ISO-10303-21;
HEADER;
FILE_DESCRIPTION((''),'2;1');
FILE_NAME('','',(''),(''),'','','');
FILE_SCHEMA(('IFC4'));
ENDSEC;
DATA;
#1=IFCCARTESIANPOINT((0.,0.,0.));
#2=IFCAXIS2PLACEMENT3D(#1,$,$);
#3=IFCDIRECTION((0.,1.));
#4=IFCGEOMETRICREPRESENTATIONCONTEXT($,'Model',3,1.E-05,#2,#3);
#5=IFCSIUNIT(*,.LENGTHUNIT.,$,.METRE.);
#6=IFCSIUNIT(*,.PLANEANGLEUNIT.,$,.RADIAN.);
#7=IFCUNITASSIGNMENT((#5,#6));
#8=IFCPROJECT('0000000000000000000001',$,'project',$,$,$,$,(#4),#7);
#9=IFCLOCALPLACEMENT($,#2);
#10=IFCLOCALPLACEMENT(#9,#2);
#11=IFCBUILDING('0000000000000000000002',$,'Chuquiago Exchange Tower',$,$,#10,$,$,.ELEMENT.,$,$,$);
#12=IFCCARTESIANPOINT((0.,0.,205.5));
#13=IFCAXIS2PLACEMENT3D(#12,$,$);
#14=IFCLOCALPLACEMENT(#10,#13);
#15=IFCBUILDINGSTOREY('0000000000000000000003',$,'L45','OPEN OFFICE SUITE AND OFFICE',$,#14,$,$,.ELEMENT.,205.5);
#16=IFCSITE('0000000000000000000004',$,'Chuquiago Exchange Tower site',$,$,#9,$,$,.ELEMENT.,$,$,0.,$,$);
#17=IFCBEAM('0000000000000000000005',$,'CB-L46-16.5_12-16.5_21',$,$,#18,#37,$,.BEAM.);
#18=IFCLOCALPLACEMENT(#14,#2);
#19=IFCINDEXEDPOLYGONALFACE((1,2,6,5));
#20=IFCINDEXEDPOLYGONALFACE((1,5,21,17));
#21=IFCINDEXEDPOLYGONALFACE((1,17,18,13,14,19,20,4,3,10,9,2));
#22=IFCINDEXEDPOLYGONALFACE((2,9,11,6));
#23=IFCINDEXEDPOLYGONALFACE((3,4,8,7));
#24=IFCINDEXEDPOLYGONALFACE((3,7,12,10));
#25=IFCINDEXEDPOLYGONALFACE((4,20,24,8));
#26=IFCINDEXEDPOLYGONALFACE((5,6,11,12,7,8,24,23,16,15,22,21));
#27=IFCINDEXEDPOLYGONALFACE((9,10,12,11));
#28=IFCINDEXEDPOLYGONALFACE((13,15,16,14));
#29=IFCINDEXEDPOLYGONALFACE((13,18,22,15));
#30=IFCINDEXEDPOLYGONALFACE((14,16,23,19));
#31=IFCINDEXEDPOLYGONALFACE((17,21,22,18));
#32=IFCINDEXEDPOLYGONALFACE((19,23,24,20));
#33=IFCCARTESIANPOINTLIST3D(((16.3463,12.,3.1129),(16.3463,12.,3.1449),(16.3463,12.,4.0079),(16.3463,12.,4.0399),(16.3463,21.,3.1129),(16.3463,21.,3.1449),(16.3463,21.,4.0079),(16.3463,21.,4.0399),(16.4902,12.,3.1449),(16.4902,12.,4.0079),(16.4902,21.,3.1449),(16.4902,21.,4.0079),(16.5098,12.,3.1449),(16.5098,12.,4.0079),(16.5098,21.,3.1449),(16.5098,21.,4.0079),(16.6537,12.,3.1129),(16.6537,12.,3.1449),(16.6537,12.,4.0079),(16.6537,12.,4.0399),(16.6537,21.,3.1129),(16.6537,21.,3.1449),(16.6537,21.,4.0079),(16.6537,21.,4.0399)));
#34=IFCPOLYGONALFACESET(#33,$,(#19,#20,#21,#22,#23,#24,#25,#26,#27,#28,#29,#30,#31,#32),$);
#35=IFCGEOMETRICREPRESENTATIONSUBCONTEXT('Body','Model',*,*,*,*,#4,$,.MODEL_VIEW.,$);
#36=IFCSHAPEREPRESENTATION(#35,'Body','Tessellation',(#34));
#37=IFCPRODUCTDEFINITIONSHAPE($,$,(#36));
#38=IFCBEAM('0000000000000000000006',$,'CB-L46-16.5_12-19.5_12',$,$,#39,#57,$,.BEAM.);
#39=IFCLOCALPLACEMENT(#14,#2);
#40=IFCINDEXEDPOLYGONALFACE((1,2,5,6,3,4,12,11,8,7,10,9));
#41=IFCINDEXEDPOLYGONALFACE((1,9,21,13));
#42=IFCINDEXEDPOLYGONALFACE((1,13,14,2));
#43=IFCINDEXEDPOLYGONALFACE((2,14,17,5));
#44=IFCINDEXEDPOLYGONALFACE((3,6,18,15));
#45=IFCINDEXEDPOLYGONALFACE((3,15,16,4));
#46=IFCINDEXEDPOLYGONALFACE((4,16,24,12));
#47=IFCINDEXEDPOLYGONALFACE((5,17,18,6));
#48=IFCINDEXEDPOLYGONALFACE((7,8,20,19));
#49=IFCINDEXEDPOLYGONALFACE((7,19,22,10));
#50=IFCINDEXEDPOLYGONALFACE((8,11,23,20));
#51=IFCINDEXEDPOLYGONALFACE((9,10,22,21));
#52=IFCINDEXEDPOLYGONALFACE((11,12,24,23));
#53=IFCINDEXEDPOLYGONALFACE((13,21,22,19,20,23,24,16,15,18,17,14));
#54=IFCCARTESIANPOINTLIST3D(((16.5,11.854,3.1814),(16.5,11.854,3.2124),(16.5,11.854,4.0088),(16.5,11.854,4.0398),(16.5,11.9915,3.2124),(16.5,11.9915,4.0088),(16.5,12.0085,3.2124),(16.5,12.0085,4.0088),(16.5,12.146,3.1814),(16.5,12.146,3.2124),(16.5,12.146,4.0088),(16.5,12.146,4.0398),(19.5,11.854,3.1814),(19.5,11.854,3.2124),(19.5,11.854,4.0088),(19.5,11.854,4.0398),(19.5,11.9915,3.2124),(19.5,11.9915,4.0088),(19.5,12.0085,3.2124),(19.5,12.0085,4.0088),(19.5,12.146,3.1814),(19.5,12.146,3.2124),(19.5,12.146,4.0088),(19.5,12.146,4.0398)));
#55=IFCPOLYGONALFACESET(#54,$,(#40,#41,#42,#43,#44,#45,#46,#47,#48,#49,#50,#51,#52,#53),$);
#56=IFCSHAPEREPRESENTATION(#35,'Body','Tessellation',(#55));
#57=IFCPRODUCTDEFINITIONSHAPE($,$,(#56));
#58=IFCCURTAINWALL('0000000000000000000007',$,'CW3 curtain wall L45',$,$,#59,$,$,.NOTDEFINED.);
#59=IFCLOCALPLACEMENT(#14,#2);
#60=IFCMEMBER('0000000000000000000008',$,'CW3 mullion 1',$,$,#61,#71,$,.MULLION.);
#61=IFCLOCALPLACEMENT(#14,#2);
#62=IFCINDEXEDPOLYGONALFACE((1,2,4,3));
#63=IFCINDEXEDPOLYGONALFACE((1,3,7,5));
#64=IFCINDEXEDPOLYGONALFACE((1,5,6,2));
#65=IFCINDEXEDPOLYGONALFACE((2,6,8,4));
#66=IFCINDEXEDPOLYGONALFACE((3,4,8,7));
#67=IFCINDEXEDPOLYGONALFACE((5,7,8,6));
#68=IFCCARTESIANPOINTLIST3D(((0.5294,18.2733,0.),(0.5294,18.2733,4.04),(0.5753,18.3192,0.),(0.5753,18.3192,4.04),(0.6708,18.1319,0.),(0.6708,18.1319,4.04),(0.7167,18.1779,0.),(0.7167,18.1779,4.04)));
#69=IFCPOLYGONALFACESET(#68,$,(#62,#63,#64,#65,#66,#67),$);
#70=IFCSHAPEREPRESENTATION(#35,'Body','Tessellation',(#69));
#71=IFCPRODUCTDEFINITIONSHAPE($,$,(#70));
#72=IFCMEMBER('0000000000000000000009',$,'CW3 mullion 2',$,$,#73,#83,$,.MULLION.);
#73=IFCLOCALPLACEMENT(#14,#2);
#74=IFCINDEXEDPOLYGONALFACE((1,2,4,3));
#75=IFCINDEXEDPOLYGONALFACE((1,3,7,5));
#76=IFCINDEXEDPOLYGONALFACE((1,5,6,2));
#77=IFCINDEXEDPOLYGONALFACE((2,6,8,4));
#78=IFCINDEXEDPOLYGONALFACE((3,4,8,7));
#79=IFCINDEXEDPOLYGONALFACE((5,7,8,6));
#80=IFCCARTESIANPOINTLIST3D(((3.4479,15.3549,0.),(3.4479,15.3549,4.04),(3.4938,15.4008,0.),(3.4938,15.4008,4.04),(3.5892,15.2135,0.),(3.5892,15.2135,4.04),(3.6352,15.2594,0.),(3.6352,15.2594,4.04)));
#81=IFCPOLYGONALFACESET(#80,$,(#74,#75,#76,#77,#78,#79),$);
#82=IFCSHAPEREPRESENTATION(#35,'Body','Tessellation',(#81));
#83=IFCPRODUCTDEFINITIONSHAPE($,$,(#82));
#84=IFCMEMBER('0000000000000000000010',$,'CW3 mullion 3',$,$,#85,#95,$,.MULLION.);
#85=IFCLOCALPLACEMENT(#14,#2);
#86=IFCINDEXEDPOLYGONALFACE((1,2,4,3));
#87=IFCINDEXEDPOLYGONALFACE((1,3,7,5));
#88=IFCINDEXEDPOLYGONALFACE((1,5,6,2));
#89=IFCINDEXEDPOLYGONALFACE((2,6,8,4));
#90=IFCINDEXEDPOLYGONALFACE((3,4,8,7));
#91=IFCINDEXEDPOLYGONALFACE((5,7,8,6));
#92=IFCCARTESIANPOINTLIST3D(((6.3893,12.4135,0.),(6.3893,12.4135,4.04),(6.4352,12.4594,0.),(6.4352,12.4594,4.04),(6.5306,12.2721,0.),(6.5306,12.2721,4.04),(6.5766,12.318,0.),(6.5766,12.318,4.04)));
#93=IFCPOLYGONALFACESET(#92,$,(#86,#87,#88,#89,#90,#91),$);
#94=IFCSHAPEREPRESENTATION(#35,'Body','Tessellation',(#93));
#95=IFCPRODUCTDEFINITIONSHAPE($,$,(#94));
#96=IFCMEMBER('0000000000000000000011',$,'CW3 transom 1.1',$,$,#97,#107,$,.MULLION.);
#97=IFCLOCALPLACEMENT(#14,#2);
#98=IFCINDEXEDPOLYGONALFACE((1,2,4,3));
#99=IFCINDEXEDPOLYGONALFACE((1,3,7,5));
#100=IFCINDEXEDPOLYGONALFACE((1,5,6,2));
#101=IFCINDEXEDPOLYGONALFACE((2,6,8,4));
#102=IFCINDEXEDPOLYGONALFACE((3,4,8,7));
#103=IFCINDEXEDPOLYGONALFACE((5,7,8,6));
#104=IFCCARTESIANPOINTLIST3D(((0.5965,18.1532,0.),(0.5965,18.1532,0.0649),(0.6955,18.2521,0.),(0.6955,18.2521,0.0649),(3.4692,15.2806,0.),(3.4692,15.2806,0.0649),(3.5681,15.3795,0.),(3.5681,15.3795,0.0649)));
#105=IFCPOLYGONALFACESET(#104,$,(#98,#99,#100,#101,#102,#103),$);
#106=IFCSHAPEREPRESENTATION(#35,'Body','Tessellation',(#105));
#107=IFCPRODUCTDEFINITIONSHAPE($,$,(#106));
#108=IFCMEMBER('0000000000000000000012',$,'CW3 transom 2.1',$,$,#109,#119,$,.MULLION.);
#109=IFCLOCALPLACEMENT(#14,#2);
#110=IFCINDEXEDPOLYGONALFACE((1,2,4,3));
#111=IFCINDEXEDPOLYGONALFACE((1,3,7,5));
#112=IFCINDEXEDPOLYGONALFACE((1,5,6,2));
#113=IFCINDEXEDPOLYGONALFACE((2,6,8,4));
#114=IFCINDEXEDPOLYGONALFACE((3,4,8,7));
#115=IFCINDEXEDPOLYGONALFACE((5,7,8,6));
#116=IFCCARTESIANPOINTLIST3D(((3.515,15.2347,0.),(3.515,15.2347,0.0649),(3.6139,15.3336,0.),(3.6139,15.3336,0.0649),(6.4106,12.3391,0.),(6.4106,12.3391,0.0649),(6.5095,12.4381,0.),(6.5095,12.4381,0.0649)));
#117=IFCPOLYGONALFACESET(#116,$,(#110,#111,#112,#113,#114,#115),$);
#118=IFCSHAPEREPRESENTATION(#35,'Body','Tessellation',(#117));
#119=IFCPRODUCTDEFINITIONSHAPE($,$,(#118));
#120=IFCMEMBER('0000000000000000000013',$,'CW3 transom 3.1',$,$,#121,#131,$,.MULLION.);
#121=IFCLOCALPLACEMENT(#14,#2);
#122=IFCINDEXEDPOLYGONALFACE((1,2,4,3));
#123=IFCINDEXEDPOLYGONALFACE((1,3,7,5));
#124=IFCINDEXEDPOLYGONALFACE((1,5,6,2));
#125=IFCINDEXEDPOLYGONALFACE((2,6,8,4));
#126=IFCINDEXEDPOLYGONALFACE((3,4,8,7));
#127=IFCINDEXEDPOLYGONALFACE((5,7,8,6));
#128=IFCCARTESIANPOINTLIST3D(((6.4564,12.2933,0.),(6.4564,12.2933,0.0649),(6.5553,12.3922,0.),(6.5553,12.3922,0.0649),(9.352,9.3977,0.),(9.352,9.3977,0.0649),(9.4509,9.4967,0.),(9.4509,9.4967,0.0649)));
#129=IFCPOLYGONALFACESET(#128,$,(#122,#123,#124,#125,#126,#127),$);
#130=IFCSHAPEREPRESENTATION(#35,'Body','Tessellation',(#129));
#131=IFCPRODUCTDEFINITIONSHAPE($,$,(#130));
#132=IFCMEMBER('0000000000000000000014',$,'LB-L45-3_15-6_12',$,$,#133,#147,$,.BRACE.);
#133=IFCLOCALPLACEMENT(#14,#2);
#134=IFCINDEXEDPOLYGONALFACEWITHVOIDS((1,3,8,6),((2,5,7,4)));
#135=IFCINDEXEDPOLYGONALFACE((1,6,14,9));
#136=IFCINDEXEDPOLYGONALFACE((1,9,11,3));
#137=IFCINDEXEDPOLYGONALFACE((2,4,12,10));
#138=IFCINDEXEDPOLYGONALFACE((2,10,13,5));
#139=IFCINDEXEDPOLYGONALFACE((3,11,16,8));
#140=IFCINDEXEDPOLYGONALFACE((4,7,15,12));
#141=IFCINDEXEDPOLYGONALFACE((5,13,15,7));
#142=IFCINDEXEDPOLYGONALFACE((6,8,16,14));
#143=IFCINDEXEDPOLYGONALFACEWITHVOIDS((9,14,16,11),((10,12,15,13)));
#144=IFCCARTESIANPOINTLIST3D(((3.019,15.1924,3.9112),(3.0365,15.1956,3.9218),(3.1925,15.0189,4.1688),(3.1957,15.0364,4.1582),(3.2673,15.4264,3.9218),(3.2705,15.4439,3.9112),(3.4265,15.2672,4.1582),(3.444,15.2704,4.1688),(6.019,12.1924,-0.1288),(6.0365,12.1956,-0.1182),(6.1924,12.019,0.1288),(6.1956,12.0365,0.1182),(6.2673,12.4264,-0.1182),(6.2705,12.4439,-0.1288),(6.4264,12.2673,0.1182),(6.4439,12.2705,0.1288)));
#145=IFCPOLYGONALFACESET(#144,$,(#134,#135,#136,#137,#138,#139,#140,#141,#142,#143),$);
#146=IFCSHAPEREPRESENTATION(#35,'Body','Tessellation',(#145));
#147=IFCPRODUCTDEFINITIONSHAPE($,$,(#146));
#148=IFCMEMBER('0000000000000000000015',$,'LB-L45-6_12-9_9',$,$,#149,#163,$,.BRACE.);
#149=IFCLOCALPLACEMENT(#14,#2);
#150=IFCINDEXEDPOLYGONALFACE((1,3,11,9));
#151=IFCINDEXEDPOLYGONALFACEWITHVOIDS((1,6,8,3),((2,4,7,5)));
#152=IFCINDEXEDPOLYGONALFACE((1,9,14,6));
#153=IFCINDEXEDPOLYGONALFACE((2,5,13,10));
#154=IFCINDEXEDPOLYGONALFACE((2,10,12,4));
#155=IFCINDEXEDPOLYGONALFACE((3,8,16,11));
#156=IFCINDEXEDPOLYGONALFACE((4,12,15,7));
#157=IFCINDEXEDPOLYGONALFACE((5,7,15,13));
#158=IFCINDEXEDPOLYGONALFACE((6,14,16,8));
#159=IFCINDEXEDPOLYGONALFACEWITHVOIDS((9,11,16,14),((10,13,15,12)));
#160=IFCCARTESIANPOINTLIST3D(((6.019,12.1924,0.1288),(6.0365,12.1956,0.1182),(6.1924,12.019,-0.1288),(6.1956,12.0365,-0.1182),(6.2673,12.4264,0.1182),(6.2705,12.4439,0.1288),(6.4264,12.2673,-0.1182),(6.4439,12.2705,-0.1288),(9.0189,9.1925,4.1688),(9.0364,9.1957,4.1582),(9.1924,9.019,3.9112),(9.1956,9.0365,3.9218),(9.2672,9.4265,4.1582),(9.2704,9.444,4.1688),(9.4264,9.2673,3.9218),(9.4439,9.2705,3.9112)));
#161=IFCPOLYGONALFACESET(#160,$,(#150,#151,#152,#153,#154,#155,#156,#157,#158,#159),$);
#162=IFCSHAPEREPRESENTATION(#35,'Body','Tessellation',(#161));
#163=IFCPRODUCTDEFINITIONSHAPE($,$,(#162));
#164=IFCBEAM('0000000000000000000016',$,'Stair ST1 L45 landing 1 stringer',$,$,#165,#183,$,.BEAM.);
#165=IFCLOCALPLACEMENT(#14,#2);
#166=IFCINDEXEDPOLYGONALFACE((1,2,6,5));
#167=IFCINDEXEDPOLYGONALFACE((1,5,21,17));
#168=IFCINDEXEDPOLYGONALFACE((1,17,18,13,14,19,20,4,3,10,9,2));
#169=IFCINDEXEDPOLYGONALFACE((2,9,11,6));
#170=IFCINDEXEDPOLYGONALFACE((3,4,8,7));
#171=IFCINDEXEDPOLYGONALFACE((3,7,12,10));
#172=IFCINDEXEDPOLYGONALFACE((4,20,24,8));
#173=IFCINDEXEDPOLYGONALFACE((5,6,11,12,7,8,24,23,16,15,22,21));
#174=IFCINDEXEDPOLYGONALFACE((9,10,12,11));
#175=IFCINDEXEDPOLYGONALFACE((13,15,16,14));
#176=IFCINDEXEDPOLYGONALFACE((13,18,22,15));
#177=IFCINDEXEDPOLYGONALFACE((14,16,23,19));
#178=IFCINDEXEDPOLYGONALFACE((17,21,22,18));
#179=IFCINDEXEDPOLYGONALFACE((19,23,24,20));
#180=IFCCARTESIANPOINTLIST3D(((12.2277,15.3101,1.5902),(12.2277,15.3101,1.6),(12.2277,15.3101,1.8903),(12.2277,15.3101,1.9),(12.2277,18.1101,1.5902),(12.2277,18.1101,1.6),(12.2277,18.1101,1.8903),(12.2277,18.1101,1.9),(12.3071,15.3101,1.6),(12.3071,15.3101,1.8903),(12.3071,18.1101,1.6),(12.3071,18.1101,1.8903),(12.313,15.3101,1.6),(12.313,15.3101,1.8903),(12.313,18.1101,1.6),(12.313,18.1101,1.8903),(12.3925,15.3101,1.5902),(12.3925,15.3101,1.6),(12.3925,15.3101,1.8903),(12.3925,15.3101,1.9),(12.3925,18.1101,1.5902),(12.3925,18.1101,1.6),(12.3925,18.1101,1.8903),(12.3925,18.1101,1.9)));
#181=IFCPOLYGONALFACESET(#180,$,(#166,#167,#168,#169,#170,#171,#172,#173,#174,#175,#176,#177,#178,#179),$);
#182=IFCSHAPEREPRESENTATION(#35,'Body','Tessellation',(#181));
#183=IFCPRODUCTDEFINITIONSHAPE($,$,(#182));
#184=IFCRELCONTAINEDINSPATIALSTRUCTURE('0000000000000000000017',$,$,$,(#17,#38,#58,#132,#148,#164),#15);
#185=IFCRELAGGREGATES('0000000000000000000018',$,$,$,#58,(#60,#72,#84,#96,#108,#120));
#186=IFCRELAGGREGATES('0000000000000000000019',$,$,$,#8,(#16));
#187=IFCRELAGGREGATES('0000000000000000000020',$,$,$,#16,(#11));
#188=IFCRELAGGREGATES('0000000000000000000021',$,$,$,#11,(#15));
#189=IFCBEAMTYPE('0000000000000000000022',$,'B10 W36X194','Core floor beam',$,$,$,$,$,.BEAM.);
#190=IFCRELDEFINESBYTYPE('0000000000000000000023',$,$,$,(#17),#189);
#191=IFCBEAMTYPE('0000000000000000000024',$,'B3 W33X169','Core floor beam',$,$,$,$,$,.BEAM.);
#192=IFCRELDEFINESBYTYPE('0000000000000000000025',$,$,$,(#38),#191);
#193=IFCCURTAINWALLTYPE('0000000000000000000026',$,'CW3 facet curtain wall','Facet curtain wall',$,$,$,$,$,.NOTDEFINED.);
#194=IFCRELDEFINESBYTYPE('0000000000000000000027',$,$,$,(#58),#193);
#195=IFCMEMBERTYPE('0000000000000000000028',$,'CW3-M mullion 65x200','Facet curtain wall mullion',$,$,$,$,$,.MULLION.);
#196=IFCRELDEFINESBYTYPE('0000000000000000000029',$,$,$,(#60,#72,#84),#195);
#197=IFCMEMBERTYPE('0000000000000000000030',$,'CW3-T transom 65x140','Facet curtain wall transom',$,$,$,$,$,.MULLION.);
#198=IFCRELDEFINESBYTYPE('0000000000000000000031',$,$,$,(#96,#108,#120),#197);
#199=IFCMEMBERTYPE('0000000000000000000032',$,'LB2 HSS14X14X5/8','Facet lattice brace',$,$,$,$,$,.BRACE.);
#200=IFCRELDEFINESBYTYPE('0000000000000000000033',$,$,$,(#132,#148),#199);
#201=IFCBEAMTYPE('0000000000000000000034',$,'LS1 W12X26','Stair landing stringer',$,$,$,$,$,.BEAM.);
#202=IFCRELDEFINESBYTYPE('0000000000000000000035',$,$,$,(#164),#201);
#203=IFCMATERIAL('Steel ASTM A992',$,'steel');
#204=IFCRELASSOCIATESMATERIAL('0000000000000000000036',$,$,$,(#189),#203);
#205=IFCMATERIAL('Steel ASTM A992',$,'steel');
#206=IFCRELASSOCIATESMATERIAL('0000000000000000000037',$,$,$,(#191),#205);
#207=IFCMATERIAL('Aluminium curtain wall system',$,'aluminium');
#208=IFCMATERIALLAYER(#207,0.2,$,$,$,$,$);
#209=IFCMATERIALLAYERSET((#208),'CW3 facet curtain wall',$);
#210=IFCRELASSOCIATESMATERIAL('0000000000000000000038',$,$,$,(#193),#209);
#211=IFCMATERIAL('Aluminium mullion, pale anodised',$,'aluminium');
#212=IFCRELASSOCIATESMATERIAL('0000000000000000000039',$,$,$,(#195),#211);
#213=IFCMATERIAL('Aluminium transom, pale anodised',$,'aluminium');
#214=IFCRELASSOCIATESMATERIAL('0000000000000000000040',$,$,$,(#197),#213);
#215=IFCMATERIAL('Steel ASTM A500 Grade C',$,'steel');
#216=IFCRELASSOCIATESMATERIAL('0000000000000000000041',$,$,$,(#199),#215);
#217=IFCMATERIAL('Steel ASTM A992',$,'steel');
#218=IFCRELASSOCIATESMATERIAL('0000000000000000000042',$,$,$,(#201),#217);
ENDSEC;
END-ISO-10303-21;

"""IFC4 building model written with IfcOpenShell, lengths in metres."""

from ifc_helpers import new_model, si_unit, direction, frame, origin, origin_2d, place, context, subcontext, project, spatial, rectangle, hollow_rectangle, i_section, extrude, material, layer, layer_set, material_profile, profile_set, type_object, element, aggregate, save


model = new_model("IFC4")

# Units and contexts
model_context = context("Model", 3, precision=1e-05, world=origin(), true_north=direction((0.0, 1.0)))
body_context = subcontext(model_context, "Body", "Model", "MODEL_VIEW")
ifc_project = project(units=[si_unit("LENGTHUNIT", "METRE"), si_unit("PLANEANGLEUNIT", "RADIAN")], contexts=[model_context])

# Site, building, storey
site_placement = place(None, origin())
site = spatial("IfcSite", under=ifc_project, at=site_placement, Name="Chuquiago Exchange Tower site", CompositionType="ELEMENT", RefElevation=0.0)
building_placement = place(site_placement, origin())
building = spatial("IfcBuilding", under=site, at=building_placement, Name="Chuquiago Exchange Tower", CompositionType="ELEMENT")
storey_placement = place(building_placement, frame((0.0, 0.0, 205.5)))
storey = spatial("IfcBuildingStorey", under=building, at=storey_placement, Name="L45", Description="OPEN OFFICE SUITE AND OFFICE", CompositionType="ELEMENT", Elevation=205.5)

# Beams
ifc_material_1 = material(Name="Steel ASTM A992", Category="steel")
ifc_material_profile_1 = material_profile(ifc_material_1, i_section(OverallWidth=0.3074, OverallDepth=0.927, WebThickness=0.0195, FlangeThickness=0.032, at=origin_2d()), Name="W36X194")
ifc_profile_set_1 = profile_set([ifc_material_profile_1], Name="Steel ASTM A992")
beam_type_1 = type_object("IfcBeamType", Name="B10 W36X194", Description="Core floor beam", PredefinedType="BEAM", material=ifc_profile_set_1)
beam_1_placement = place(storey_placement, frame((16.5, 12.0, 3.5764), z_axis=(0.0, 1.0, 0.0), x_axis=(-1.0, 0.0, 0.0)))
element("IfcBeam", 1, at=beam_1_placement, inside=storey, type_object=beam_type_1, Name="CB-L46-16.5_12-16.5_21", PredefinedType="BEAM", context=body_context, shape_type="SweptSolid", body=[
    extrude(i_section(OverallWidth=0.3074, OverallDepth=0.927, WebThickness=0.0195, FlangeThickness=0.032, at=origin_2d()), origin(), (0.0, 0.0, 1.0), 9.0),
])
ifc_material_2 = material(Name="Steel ASTM A992", Category="steel")
ifc_material_profile_2 = material_profile(ifc_material_2, i_section(OverallWidth=0.292, OverallDepth=0.8584, WebThickness=0.0171, FlangeThickness=0.031, at=origin_2d()), Name="W33X169")
ifc_profile_set_2 = profile_set([ifc_material_profile_2], Name="Steel ASTM A992")
beam_type_2 = type_object("IfcBeamType", Name="B3 W33X169", Description="Core floor beam", PredefinedType="BEAM", material=ifc_profile_set_2)
beam_2_placement = place(storey_placement, frame((16.5, 12.0, 3.6106), z_axis=(1.0, 0.0, 0.0), x_axis=(0.0, 1.0, 0.0)))
element("IfcBeam", 2, at=beam_2_placement, inside=storey, type_object=beam_type_2, Name="CB-L46-16.5_12-19.5_12", PredefinedType="BEAM", context=body_context, shape_type="SweptSolid", body=[
    extrude(i_section(OverallWidth=0.292, OverallDepth=0.8584, WebThickness=0.0171, FlangeThickness=0.031, at=origin_2d()), origin(), (0.0, 0.0, 1.0), 3.0),
])

# Curtain wall, members
ifc_material_3 = material(Name="Aluminium curtain wall system", Category="aluminium")
ifc_layer_1 = layer(ifc_material_3, 0.2)
ifc_layer_set_1 = layer_set([ifc_layer_1], Name="CW3 facet curtain wall")
curtain_wall_type = type_object("IfcCurtainWallType", Name="CW3 facet curtain wall", Description="Facet curtain wall", PredefinedType="NOTDEFINED", material=ifc_layer_set_1)
curtain_wall_placement = place(storey_placement, origin())
curtain_wall = element("IfcCurtainWall", 3, at=curtain_wall_placement, inside=storey, type_object=curtain_wall_type, Name="CW3 curtain wall L45", PredefinedType="NOTDEFINED")
ifc_material_4 = material(Name="Aluminium mullion, pale anodised", Category="aluminium")
ifc_material_profile_3 = material_profile(ifc_material_4, rectangle(XDim=0.0649, YDim=0.2, at=origin_2d()), Name="AL 65x200")
ifc_profile_set_3 = profile_set([ifc_material_profile_3], Name="Aluminium mullion, pale anodised")
member_type_1 = type_object("IfcMemberType", Name="CW3-M mullion 65x200", Description="Facet curtain wall mullion", PredefinedType="MULLION", material=ifc_profile_set_3)
member_1_placement = place(storey_placement, frame((0.623, 18.2256, 0.0), z_axis=(0.0, 0.0, 1.0), x_axis=(0.707107, 0.707107, 0.0)))
member_1 = element("IfcMember", 4, at=member_1_placement, type_object=member_type_1, Name="CW3 mullion 1", PredefinedType="MULLION", context=body_context, shape_type="SweptSolid", body=[
    extrude(rectangle(XDim=0.0649, YDim=0.2, at=origin_2d()), origin(), (0.0, 0.0, 1.0), 4.04),
])
member_2_placement = place(storey_placement, frame((3.5415, 15.3071, 0.0), z_axis=(0.0, 0.0, 1.0), x_axis=(0.707107, 0.707107, 0.0)))
member_2 = element("IfcMember", 5, at=member_2_placement, type_object=member_type_1, Name="CW3 mullion 2", PredefinedType="MULLION", context=body_context, shape_type="SweptSolid", body=[
    extrude(rectangle(XDim=0.0649, YDim=0.2, at=origin_2d()), origin(), (0.0, 0.0, 1.0), 4.04),
])
member_3_placement = place(storey_placement, frame((6.4829, 12.3657, 0.0), z_axis=(0.0, 0.0, 1.0), x_axis=(0.707107, 0.707107, 0.0)))
member_3 = element("IfcMember", 6, at=member_3_placement, type_object=member_type_1, Name="CW3 mullion 3", PredefinedType="MULLION", context=body_context, shape_type="SweptSolid", body=[
    extrude(rectangle(XDim=0.0649, YDim=0.2, at=origin_2d()), origin(), (0.0, 0.0, 1.0), 4.04),
])
ifc_material_5 = material(Name="Aluminium transom, pale anodised", Category="aluminium")
ifc_material_profile_4 = material_profile(ifc_material_5, rectangle(XDim=0.1399, YDim=0.0649, at=origin_2d()), Name="AL 140x65")
ifc_profile_set_4 = profile_set([ifc_material_profile_4], Name="Aluminium transom, pale anodised")
member_type_2 = type_object("IfcMemberType", Name="CW3-T transom 65x140", Description="Facet curtain wall transom", PredefinedType="MULLION", material=ifc_profile_set_4)
member_4_placement = place(storey_placement, frame((0.646, 18.2026, 0.0325), z_axis=(0.707107, -0.707107, 0.0), x_axis=(0.707107, 0.707107, 0.0)))
member_4 = element("IfcMember", 7, at=member_4_placement, type_object=member_type_2, Name="CW3 transom 1.1", PredefinedType="MULLION", context=body_context, shape_type="SweptSolid", body=[
    extrude(rectangle(XDim=0.1399, YDim=0.0649, at=origin_2d()), origin(), (0.0, 0.0, 1.0), 4.0625),
])
member_5_placement = place(storey_placement, frame((3.5645, 15.2842, 0.0325), z_axis=(0.707107, -0.707107, 0.0), x_axis=(0.707107, 0.707107, 0.0)))
member_5 = element("IfcMember", 8, at=member_5_placement, type_object=member_type_2, Name="CW3 transom 2.1", PredefinedType="MULLION", context=body_context, shape_type="SweptSolid", body=[
    extrude(rectangle(XDim=0.1399, YDim=0.0649, at=origin_2d()), origin(), (0.0, 0.0, 1.0), 4.095),
])
member_6_placement = place(storey_placement, frame((6.5059, 12.3428, 0.0325), z_axis=(0.707107, -0.707107, 0.0), x_axis=(0.707107, 0.707107, 0.0)))
member_6 = element("IfcMember", 9, at=member_6_placement, type_object=member_type_2, Name="CW3 transom 3.1", PredefinedType="MULLION", context=body_context, shape_type="SweptSolid", body=[
    extrude(rectangle(XDim=0.1399, YDim=0.0649, at=origin_2d()), origin(), (0.0, 0.0, 1.0), 4.095),
])

# Members
ifc_material_6 = material(Name="Steel ASTM A500 Grade C", Category="steel")
ifc_material_profile_5 = material_profile(ifc_material_6, hollow_rectangle(XDim=0.3557, YDim=0.3557, WallThickness=0.0146, at=origin_2d()), Name="HSS14X14X5/8")
ifc_profile_set_5 = profile_set([ifc_material_profile_5], Name="Steel ASTM A500 Grade C")
member_type_3 = type_object("IfcMemberType", Name="LB2 HSS14X14X5/8", Description="Facet lattice brace", PredefinedType="BRACE", material=ifc_profile_set_5)
for number, where, z_axis, x_axis, name in (
    (10, (6.2314, 12.2314, 0.0), (-0.512077, 0.512077, 0.689604), (-0.707107, -0.707107, 0.0), "LB-L45-3_15-6_12"),
    (11, (6.2314, 12.2314, 0.0), (0.512077, -0.512077, 0.689604), (0.707107, 0.707107, 0.0), "LB-L45-6_12-9_9"),
):
    element("IfcMember", number, at=place(storey_placement, frame(where, z_axis=z_axis, x_axis=x_axis)), inside=storey, type_object=member_type_3, Name=name, PredefinedType="BRACE", context=body_context, shape_type="SweptSolid", body=[
        extrude(hollow_rectangle(XDim=0.3557, YDim=0.3557, WallThickness=0.0146, at=origin_2d()), origin(), (0.0, 0.0, 1.0), 5.8584),
    ])

# Beam
ifc_material_7 = material(Name="Steel ASTM A992", Category="steel")
ifc_material_profile_6 = material_profile(ifc_material_7, i_section(OverallWidth=0.1648, OverallDepth=0.3098, WebThickness=0.0059, FlangeThickness=0.0098, at=origin_2d()), Name="W12X26")
ifc_profile_set_6 = profile_set([ifc_material_profile_6], Name="Steel ASTM A992")
beam_type_3 = type_object("IfcBeamType", Name="LS1 W12X26", Description="Stair landing stringer", PredefinedType="BEAM", material=ifc_profile_set_6)
for number, where, z_axis, x_axis, name in (
    (12, (12.3101, 15.3101, 1.7451), (0.0, 1.0, 0.0), (-1.0, 0.0, 0.0), "Stair ST1 L45 landing 1 stringer"),
):
    element("IfcBeam", number, at=place(storey_placement, frame(where, z_axis=z_axis, x_axis=x_axis)), inside=storey, type_object=beam_type_3, Name=name, PredefinedType="BEAM", context=body_context, shape_type="SweptSolid", body=[
        extrude(i_section(OverallWidth=0.1648, OverallDepth=0.3098, WebThickness=0.0059, FlangeThickness=0.0098, at=origin_2d()), origin(), (0.0, 0.0, 1.0), 2.8),
    ])

aggregate(curtain_wall, [member_1, member_2, member_3, member_4, member_5, member_6])

save(model, "model.ifc")
